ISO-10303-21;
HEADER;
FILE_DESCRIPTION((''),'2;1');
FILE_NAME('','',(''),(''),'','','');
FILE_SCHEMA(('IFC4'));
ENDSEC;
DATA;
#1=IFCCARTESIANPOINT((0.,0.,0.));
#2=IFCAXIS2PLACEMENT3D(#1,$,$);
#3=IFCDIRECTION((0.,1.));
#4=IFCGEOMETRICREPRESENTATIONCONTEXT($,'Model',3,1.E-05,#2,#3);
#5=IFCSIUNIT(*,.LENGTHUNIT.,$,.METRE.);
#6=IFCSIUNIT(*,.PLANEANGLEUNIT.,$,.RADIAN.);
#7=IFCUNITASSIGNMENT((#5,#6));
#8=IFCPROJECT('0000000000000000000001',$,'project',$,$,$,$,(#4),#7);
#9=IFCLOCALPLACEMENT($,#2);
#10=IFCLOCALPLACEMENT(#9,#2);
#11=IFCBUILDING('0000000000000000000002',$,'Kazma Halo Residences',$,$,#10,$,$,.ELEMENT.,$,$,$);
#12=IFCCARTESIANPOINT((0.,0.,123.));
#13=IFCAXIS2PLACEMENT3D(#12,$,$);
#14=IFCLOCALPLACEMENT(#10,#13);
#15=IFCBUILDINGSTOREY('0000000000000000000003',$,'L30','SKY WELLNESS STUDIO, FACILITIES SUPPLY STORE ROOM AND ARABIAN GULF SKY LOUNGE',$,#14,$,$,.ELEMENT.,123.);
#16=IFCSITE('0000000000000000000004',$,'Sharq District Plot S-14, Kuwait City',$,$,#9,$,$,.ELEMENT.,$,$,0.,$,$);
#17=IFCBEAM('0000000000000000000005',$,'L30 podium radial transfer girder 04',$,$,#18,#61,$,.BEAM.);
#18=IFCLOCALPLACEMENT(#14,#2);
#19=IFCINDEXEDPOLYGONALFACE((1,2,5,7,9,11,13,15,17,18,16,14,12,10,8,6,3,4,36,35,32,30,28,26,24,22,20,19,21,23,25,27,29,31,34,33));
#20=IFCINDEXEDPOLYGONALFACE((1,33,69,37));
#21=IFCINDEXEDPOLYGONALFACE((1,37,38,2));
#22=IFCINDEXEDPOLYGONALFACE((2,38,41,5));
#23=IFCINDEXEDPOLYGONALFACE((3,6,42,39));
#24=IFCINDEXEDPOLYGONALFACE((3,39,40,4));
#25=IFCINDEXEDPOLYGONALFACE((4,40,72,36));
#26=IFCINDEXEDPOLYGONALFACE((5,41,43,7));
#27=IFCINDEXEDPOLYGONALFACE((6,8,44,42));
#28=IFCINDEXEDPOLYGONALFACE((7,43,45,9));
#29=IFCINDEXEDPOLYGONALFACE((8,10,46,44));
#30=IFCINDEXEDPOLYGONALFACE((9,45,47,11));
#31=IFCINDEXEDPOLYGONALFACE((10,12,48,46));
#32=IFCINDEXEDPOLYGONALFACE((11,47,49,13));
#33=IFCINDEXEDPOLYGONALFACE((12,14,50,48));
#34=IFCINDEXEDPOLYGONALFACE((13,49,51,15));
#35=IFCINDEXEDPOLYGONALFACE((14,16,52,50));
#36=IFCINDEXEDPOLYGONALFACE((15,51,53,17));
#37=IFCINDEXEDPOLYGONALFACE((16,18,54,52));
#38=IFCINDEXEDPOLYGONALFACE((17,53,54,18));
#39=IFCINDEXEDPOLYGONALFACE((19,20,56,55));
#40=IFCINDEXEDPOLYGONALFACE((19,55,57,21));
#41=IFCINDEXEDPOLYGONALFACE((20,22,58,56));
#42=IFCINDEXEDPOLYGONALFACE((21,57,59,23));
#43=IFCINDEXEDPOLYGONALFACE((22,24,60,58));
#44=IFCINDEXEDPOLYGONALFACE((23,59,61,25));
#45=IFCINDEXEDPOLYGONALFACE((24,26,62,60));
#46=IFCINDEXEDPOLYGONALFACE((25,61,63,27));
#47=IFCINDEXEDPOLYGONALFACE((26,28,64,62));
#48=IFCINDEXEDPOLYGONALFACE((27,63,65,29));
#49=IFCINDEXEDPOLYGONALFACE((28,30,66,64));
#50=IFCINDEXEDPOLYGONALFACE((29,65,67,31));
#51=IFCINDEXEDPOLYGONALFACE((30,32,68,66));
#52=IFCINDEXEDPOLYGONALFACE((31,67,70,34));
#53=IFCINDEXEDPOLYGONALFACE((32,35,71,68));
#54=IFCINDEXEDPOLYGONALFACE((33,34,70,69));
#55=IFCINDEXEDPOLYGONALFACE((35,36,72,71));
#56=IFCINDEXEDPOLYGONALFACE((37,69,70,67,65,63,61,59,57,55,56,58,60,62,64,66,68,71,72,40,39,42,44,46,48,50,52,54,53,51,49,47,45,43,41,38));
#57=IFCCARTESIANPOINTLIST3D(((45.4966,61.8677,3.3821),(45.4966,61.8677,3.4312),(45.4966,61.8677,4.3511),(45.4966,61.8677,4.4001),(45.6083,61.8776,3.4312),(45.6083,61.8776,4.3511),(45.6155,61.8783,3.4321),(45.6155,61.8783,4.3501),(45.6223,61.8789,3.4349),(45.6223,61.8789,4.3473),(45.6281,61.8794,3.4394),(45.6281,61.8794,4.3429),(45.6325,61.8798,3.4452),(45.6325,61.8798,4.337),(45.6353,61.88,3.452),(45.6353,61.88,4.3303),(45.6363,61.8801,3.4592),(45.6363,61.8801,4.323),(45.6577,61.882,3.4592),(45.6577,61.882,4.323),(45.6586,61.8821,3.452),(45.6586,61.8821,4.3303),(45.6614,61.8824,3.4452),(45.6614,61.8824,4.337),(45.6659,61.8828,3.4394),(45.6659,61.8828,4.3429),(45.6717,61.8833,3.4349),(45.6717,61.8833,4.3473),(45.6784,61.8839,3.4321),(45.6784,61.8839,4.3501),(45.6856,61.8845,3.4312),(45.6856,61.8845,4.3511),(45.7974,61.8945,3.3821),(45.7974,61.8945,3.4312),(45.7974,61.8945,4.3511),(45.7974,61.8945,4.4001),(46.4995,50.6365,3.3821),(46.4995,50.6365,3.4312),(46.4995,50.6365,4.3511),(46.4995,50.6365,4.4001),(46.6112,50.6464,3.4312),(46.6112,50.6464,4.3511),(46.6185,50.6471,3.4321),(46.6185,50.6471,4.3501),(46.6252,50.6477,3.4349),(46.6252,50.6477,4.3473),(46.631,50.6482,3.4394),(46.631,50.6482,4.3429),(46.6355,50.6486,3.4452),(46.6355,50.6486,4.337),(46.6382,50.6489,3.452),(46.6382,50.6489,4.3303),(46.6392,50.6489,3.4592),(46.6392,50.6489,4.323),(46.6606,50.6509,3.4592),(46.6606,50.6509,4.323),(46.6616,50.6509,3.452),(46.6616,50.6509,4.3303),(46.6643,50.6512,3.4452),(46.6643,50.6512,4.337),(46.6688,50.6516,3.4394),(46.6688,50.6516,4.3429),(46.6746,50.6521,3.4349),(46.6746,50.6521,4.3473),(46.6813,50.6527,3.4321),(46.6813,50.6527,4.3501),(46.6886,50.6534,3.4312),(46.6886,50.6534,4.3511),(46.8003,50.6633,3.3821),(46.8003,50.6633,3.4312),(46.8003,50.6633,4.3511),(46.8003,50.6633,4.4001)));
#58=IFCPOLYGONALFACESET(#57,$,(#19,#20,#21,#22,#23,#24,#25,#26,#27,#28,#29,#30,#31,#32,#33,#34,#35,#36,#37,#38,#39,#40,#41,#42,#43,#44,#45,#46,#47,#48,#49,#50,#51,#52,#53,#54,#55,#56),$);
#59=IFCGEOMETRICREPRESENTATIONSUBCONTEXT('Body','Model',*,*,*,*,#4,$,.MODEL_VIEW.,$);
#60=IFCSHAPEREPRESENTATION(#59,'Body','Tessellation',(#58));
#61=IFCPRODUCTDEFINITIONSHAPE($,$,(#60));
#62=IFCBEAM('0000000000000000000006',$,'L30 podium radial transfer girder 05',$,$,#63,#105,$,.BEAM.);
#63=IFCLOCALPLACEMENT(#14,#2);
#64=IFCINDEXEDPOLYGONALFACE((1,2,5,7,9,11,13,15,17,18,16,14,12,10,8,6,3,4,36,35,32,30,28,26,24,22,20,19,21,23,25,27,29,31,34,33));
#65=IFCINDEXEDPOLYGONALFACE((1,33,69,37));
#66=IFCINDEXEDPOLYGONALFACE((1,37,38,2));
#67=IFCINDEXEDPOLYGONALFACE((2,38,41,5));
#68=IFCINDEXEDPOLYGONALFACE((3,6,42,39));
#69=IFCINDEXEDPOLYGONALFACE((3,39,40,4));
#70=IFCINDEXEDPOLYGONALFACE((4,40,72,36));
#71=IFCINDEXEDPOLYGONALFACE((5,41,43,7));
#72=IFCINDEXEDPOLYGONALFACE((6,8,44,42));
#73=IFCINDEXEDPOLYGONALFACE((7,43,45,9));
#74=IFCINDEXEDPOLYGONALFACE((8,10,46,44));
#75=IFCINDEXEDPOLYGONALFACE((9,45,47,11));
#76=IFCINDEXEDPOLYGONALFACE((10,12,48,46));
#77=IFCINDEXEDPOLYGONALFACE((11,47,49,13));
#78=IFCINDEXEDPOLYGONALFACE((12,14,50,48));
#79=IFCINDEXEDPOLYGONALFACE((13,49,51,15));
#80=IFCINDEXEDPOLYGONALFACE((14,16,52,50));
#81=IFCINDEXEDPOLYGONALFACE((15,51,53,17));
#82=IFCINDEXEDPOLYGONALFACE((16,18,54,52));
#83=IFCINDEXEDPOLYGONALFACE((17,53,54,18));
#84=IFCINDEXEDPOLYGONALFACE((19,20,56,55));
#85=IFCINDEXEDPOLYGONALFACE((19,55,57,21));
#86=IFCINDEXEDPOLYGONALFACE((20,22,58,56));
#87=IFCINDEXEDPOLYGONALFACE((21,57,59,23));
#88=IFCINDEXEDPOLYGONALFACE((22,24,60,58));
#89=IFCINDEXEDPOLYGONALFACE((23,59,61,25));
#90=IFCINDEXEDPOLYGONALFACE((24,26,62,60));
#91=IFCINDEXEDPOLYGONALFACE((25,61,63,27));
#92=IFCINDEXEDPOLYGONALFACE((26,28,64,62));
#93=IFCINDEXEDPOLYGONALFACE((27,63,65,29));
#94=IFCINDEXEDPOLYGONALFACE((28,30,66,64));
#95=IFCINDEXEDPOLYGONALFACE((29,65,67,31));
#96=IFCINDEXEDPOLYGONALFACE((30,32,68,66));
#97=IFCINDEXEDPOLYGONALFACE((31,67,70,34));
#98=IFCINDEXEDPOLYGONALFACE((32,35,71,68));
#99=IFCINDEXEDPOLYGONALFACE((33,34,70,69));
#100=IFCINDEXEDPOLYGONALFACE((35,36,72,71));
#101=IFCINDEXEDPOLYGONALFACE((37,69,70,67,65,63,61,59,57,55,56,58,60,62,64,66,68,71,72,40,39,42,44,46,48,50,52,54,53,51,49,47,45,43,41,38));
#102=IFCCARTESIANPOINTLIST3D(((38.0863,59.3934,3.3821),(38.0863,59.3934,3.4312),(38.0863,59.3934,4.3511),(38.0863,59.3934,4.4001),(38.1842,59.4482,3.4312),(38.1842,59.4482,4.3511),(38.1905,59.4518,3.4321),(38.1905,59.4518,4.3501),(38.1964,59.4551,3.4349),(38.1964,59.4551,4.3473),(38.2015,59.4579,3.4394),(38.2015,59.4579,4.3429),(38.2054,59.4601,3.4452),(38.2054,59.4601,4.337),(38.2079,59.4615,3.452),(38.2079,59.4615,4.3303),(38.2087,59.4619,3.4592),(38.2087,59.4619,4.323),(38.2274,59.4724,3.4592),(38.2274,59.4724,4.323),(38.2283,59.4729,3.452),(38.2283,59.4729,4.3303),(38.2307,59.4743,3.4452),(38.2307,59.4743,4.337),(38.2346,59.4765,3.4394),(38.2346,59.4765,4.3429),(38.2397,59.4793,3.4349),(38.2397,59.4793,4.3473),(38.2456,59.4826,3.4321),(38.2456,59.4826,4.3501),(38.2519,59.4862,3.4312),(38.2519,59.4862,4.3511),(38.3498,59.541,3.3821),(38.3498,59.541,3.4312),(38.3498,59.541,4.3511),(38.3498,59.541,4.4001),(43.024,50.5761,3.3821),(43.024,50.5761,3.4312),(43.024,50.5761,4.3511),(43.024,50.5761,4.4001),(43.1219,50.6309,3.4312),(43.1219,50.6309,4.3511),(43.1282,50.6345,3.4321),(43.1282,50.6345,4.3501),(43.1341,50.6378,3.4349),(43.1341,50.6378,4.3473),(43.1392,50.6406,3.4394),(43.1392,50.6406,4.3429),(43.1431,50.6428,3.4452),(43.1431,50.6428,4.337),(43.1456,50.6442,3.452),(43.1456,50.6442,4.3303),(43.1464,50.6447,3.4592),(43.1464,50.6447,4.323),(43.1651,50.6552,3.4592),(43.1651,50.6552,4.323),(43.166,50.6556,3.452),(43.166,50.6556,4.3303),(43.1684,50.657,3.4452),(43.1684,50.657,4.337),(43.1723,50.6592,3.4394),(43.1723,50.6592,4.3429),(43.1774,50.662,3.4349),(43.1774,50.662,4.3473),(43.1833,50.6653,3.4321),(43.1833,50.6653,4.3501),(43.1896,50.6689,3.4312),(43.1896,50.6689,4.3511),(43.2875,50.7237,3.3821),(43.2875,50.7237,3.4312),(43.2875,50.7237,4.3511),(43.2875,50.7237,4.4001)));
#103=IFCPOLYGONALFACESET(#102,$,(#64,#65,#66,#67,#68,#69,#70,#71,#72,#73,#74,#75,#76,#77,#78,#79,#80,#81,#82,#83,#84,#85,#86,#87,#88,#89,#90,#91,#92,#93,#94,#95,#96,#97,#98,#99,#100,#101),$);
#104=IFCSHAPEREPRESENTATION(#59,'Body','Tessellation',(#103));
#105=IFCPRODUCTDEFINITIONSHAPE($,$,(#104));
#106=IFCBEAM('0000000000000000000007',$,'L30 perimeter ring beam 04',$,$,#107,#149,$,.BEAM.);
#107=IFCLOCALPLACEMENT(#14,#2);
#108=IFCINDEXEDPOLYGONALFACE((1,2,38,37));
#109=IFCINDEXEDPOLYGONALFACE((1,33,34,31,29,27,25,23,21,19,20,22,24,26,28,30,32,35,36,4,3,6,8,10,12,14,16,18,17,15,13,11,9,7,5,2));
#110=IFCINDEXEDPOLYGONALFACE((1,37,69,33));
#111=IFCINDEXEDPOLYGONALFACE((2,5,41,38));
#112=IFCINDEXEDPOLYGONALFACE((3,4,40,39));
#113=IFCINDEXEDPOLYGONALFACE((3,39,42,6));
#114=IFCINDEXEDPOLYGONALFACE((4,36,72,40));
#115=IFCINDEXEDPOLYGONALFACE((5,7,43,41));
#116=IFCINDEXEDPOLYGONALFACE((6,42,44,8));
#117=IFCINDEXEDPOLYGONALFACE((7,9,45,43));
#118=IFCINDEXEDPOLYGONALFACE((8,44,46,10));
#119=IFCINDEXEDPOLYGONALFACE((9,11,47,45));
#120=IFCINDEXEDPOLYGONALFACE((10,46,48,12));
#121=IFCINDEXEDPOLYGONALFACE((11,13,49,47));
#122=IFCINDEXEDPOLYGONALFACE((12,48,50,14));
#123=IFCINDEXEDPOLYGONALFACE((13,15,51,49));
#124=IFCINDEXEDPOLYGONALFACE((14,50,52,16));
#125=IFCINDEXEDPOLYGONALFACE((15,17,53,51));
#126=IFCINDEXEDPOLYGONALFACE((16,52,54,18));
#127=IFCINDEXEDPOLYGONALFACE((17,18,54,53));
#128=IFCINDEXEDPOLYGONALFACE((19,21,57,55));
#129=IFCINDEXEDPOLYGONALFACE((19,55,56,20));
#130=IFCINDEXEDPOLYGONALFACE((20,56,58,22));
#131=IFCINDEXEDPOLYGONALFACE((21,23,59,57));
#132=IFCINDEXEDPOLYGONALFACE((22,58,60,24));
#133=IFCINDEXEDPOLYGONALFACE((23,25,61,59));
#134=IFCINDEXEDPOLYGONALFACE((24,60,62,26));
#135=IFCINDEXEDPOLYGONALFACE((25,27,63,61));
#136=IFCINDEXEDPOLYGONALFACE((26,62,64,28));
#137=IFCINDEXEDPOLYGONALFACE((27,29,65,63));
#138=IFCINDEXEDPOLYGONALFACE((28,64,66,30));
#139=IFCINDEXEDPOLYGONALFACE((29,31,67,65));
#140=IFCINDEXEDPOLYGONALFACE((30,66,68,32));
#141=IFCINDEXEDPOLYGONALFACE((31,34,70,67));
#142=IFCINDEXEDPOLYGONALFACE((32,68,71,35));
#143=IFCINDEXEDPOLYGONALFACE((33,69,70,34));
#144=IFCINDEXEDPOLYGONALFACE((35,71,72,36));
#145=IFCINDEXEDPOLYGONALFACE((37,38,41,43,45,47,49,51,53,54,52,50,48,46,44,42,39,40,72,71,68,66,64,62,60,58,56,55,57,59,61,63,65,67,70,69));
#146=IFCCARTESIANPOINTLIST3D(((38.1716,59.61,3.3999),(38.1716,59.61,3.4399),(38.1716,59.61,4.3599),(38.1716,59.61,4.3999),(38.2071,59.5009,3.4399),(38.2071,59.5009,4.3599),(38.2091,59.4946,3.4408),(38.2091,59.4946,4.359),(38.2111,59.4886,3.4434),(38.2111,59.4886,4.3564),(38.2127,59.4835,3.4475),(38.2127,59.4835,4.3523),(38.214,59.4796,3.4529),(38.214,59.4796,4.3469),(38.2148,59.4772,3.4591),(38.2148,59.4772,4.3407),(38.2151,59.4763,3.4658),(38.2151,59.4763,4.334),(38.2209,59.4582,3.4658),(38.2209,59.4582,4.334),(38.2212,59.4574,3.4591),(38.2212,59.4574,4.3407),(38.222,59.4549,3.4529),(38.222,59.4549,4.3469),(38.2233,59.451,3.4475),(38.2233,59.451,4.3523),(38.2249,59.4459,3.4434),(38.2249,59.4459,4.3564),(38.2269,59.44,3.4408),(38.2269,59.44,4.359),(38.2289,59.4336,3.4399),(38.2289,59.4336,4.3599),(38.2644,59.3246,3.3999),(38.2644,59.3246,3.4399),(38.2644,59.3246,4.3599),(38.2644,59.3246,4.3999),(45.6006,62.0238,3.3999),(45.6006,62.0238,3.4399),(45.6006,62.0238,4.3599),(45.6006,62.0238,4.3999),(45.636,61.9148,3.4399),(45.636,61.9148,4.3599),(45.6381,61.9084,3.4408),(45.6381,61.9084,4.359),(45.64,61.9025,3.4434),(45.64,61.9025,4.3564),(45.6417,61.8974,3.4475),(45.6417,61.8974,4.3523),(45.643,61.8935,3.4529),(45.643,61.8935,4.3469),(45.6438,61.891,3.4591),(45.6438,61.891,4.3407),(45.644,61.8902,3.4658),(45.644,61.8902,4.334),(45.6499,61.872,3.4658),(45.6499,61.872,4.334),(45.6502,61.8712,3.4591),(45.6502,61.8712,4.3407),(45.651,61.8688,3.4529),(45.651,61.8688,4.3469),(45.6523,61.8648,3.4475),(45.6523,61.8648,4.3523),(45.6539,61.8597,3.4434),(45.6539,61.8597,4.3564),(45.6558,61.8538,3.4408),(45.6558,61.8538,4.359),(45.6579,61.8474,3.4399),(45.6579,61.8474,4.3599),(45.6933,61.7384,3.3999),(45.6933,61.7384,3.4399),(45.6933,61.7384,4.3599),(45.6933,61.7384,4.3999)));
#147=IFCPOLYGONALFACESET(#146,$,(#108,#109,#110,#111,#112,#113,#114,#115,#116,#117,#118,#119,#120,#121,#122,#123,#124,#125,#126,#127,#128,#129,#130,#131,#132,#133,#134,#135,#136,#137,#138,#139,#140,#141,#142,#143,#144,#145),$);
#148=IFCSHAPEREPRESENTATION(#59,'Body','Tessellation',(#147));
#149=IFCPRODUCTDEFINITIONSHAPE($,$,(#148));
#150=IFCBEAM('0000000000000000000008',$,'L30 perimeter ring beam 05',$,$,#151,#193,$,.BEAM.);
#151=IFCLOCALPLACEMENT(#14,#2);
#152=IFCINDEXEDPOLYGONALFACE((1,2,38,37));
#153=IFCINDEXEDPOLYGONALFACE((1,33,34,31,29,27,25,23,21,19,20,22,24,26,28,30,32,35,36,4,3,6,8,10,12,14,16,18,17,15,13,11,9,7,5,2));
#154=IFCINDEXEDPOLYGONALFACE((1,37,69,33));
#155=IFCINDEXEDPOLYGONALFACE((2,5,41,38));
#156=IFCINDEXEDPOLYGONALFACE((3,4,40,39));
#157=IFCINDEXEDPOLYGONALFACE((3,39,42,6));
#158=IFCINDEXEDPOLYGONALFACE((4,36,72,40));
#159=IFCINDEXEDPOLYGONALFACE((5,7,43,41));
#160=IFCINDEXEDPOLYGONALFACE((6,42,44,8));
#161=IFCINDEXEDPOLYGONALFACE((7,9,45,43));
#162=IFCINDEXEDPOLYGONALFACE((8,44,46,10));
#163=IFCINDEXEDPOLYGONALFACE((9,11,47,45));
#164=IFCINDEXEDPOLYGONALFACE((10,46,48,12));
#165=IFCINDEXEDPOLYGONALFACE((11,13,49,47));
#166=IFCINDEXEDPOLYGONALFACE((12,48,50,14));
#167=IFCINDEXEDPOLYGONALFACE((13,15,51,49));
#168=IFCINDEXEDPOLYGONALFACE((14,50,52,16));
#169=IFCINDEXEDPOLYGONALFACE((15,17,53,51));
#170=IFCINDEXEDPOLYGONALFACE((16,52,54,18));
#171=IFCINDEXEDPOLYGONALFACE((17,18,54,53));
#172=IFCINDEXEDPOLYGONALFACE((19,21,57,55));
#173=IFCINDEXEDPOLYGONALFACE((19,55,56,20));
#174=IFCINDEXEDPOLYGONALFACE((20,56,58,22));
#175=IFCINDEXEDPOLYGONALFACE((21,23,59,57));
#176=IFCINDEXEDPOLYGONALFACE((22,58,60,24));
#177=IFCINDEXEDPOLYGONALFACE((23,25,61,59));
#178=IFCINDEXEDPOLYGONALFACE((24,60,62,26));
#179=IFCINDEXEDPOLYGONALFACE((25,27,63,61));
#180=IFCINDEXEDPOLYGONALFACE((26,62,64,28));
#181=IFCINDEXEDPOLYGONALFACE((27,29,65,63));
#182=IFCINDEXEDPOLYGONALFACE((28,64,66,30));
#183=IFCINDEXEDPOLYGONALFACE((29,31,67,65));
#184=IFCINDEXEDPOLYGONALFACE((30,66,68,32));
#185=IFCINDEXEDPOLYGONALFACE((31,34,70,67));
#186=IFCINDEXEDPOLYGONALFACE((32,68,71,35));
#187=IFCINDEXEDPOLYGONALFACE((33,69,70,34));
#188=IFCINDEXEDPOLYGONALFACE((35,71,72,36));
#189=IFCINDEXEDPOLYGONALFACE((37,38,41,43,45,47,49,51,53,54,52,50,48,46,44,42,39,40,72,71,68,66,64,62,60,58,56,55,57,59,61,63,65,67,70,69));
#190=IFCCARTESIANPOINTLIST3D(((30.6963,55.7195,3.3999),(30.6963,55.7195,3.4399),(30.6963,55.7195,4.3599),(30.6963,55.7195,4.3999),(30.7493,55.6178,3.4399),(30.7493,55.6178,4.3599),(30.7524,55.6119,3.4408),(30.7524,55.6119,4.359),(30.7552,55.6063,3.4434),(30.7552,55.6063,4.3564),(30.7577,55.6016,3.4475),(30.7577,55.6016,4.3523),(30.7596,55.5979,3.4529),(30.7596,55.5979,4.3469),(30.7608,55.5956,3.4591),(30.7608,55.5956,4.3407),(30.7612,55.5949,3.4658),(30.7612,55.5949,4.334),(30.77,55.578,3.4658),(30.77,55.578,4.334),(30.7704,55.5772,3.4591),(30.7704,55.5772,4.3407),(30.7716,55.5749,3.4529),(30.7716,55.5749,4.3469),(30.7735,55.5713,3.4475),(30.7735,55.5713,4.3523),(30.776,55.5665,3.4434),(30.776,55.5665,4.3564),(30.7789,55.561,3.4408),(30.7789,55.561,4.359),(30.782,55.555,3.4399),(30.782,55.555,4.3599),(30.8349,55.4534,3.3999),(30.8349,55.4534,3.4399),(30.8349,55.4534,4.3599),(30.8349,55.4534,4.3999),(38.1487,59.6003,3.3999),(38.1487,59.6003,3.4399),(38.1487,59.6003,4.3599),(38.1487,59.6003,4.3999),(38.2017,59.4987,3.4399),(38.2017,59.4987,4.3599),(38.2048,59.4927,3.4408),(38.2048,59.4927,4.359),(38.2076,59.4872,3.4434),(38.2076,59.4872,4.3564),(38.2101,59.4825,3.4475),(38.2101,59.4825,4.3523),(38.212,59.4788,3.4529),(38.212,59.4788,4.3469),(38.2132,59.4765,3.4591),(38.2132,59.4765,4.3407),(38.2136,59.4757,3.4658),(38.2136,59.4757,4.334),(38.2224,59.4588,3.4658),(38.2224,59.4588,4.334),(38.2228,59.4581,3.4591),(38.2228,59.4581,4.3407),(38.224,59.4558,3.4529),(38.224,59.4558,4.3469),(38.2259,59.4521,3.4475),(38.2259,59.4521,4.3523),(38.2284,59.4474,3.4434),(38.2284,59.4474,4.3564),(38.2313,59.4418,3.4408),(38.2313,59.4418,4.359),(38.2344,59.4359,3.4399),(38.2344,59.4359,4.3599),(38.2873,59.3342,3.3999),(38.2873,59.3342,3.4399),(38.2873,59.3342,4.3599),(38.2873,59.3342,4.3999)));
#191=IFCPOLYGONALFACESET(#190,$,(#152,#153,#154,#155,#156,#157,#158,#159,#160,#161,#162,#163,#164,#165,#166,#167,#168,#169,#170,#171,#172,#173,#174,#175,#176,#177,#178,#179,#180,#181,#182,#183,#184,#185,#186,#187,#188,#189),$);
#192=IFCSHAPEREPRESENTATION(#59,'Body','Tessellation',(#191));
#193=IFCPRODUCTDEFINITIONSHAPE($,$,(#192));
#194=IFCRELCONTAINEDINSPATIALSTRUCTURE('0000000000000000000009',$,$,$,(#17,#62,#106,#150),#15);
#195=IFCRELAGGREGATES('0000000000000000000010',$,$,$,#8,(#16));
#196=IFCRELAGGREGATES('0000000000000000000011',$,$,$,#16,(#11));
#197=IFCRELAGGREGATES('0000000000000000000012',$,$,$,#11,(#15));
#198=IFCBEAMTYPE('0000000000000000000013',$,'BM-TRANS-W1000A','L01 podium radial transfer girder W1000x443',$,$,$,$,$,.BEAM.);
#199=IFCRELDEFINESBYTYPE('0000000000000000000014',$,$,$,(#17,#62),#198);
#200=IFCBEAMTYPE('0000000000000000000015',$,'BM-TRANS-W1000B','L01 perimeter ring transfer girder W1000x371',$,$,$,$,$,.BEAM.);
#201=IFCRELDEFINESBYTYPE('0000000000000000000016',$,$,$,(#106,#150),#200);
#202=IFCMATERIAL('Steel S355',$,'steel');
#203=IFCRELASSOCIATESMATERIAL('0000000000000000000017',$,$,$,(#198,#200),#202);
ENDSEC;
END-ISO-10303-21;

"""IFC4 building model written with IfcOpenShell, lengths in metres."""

from ifc_helpers import new_model, si_unit, direction, frame, origin, origin_2d, place, context, subcontext, project, spatial, i_section, extrude, material, material_profile, profile_set, type_object, element, save


model = new_model("IFC4")

# Units and contexts
model_context = context("Model", 3, precision=1e-05, world=origin(), true_north=direction((0.0, 1.0)))
body_context = subcontext(model_context, "Body", "Model", "MODEL_VIEW")
ifc_project = project(units=[si_unit("LENGTHUNIT", "METRE"), si_unit("PLANEANGLEUNIT", "RADIAN")], contexts=[model_context])

# Site, building, storey
site_placement = place(None, origin())
site = spatial("IfcSite", under=ifc_project, at=site_placement, Name="Sharq District Plot S-14, Kuwait City", CompositionType="ELEMENT", RefElevation=0.0)
building_placement = place(site_placement, origin())
building = spatial("IfcBuilding", under=site, at=building_placement, Name="Kazma Halo Residences", CompositionType="ELEMENT")
storey_placement = place(building_placement, frame((0.0, 0.0, 123.0)))
storey = spatial("IfcBuildingStorey", under=building, at=storey_placement, Name="L30", Description="SKY WELLNESS STUDIO, FACILITIES SUPPLY STORE ROOM AND ARABIAN GULF SKY LOUNGE", CompositionType="ELEMENT", Elevation=123.0)

# Beams
ifc_material_1 = material(Name="Steel S355", Category="steel")
ifc_material_profile_1 = material_profile(ifc_material_1, i_section(OverallWidth=0.302, OverallDepth=1.0181, WebThickness=0.0215, FlangeThickness=0.0491, FilletRadius=0.0281, at=origin_2d()), Name="W1000x443")
ifc_profile_set_1 = profile_set([ifc_material_profile_1], Name="Steel S355")
beam_type_1 = type_object("IfcBeamType", Name="BM-TRANS-W1000A", Description="L01 podium radial transfer girder W1000x443", PredefinedType="BEAM", material=ifc_profile_set_1)
beam_1_placement = place(storey_placement, frame((46.6499, 50.6499, 3.8911), z_axis=(-0.088945, 0.996037, 0.0), x_axis=(-0.996037, -0.088945, 0.0)))
element("IfcBeam", 1, at=beam_1_placement, inside=storey, type_object=beam_type_1, Name="L30 podium radial transfer girder 04", PredefinedType="BEAM", context=body_context, shape_type="SweptSolid", body=[
    extrude(i_section(OverallWidth=0.302, OverallDepth=1.0181, WebThickness=0.0215, FlangeThickness=0.0491, FilletRadius=0.0281, at=origin_2d()), origin(), (0.0, 0.0, 1.0), 11.2759),
])
beam_2_placement = place(storey_placement, frame((43.1558, 50.6499, 3.8911), z_axis=(-0.488604, 0.872506, 0.0), x_axis=(-0.872506, -0.488604, 0.0)))
element("IfcBeam", 2, at=beam_2_placement, inside=storey, type_object=beam_type_1, Name="L30 podium radial transfer girder 05", PredefinedType="BEAM", context=body_context, shape_type="SweptSolid", body=[
    extrude(i_section(OverallWidth=0.302, OverallDepth=1.0181, WebThickness=0.0215, FlangeThickness=0.0491, FilletRadius=0.0281, at=origin_2d()), origin(), (0.0, 0.0, 1.0), 10.1057),
])
ifc_material_profile_2 = material_profile(ifc_material_1, i_section(OverallWidth=0.3, OverallDepth=1.0, WebThickness=0.019, FlangeThickness=0.04, FilletRadius=0.0259, at=origin_2d()), Name="W1000x371")
ifc_profile_set_2 = profile_set([ifc_material_profile_2], Name="Steel S355")
beam_type_2 = type_object("IfcBeamType", Name="BM-TRANS-W1000B", Description="L01 perimeter ring transfer girder W1000x371", PredefinedType="BEAM", material=ifc_profile_set_2)
beam_3_placement = place(storey_placement, frame((45.647, 61.8811, 3.8999), z_axis=(-0.951056, -0.309018, 0.0), x_axis=(0.309018, -0.951056, 0.0)))
element("IfcBeam", 3, at=beam_3_placement, inside=storey, type_object=beam_type_2, Name="L30 perimeter ring beam 04", PredefinedType="BEAM", context=body_context, shape_type="SweptSolid", body=[
    extrude(i_section(OverallWidth=0.3, OverallDepth=1.0, WebThickness=0.019, FlangeThickness=0.04, FilletRadius=0.0259, at=origin_2d()), origin(), (0.0, 0.0, 1.0), 7.8113),
])
beam_4_placement = place(storey_placement, frame((38.218, 59.4673, 3.8999), z_axis=(-0.886943, -0.461879, 0.0), x_axis=(0.461879, -0.886943, 0.0)))
element("IfcBeam", 4, at=beam_4_placement, inside=storey, type_object=beam_type_2, Name="L30 perimeter ring beam 05", PredefinedType="BEAM", context=body_context, shape_type="SweptSolid", body=[
    extrude(i_section(OverallWidth=0.3, OverallDepth=1.0, WebThickness=0.019, FlangeThickness=0.04, FilletRadius=0.0259, at=origin_2d()), origin(), (0.0, 0.0, 1.0), 8.4023),
])

save(model, "model.ifc")
